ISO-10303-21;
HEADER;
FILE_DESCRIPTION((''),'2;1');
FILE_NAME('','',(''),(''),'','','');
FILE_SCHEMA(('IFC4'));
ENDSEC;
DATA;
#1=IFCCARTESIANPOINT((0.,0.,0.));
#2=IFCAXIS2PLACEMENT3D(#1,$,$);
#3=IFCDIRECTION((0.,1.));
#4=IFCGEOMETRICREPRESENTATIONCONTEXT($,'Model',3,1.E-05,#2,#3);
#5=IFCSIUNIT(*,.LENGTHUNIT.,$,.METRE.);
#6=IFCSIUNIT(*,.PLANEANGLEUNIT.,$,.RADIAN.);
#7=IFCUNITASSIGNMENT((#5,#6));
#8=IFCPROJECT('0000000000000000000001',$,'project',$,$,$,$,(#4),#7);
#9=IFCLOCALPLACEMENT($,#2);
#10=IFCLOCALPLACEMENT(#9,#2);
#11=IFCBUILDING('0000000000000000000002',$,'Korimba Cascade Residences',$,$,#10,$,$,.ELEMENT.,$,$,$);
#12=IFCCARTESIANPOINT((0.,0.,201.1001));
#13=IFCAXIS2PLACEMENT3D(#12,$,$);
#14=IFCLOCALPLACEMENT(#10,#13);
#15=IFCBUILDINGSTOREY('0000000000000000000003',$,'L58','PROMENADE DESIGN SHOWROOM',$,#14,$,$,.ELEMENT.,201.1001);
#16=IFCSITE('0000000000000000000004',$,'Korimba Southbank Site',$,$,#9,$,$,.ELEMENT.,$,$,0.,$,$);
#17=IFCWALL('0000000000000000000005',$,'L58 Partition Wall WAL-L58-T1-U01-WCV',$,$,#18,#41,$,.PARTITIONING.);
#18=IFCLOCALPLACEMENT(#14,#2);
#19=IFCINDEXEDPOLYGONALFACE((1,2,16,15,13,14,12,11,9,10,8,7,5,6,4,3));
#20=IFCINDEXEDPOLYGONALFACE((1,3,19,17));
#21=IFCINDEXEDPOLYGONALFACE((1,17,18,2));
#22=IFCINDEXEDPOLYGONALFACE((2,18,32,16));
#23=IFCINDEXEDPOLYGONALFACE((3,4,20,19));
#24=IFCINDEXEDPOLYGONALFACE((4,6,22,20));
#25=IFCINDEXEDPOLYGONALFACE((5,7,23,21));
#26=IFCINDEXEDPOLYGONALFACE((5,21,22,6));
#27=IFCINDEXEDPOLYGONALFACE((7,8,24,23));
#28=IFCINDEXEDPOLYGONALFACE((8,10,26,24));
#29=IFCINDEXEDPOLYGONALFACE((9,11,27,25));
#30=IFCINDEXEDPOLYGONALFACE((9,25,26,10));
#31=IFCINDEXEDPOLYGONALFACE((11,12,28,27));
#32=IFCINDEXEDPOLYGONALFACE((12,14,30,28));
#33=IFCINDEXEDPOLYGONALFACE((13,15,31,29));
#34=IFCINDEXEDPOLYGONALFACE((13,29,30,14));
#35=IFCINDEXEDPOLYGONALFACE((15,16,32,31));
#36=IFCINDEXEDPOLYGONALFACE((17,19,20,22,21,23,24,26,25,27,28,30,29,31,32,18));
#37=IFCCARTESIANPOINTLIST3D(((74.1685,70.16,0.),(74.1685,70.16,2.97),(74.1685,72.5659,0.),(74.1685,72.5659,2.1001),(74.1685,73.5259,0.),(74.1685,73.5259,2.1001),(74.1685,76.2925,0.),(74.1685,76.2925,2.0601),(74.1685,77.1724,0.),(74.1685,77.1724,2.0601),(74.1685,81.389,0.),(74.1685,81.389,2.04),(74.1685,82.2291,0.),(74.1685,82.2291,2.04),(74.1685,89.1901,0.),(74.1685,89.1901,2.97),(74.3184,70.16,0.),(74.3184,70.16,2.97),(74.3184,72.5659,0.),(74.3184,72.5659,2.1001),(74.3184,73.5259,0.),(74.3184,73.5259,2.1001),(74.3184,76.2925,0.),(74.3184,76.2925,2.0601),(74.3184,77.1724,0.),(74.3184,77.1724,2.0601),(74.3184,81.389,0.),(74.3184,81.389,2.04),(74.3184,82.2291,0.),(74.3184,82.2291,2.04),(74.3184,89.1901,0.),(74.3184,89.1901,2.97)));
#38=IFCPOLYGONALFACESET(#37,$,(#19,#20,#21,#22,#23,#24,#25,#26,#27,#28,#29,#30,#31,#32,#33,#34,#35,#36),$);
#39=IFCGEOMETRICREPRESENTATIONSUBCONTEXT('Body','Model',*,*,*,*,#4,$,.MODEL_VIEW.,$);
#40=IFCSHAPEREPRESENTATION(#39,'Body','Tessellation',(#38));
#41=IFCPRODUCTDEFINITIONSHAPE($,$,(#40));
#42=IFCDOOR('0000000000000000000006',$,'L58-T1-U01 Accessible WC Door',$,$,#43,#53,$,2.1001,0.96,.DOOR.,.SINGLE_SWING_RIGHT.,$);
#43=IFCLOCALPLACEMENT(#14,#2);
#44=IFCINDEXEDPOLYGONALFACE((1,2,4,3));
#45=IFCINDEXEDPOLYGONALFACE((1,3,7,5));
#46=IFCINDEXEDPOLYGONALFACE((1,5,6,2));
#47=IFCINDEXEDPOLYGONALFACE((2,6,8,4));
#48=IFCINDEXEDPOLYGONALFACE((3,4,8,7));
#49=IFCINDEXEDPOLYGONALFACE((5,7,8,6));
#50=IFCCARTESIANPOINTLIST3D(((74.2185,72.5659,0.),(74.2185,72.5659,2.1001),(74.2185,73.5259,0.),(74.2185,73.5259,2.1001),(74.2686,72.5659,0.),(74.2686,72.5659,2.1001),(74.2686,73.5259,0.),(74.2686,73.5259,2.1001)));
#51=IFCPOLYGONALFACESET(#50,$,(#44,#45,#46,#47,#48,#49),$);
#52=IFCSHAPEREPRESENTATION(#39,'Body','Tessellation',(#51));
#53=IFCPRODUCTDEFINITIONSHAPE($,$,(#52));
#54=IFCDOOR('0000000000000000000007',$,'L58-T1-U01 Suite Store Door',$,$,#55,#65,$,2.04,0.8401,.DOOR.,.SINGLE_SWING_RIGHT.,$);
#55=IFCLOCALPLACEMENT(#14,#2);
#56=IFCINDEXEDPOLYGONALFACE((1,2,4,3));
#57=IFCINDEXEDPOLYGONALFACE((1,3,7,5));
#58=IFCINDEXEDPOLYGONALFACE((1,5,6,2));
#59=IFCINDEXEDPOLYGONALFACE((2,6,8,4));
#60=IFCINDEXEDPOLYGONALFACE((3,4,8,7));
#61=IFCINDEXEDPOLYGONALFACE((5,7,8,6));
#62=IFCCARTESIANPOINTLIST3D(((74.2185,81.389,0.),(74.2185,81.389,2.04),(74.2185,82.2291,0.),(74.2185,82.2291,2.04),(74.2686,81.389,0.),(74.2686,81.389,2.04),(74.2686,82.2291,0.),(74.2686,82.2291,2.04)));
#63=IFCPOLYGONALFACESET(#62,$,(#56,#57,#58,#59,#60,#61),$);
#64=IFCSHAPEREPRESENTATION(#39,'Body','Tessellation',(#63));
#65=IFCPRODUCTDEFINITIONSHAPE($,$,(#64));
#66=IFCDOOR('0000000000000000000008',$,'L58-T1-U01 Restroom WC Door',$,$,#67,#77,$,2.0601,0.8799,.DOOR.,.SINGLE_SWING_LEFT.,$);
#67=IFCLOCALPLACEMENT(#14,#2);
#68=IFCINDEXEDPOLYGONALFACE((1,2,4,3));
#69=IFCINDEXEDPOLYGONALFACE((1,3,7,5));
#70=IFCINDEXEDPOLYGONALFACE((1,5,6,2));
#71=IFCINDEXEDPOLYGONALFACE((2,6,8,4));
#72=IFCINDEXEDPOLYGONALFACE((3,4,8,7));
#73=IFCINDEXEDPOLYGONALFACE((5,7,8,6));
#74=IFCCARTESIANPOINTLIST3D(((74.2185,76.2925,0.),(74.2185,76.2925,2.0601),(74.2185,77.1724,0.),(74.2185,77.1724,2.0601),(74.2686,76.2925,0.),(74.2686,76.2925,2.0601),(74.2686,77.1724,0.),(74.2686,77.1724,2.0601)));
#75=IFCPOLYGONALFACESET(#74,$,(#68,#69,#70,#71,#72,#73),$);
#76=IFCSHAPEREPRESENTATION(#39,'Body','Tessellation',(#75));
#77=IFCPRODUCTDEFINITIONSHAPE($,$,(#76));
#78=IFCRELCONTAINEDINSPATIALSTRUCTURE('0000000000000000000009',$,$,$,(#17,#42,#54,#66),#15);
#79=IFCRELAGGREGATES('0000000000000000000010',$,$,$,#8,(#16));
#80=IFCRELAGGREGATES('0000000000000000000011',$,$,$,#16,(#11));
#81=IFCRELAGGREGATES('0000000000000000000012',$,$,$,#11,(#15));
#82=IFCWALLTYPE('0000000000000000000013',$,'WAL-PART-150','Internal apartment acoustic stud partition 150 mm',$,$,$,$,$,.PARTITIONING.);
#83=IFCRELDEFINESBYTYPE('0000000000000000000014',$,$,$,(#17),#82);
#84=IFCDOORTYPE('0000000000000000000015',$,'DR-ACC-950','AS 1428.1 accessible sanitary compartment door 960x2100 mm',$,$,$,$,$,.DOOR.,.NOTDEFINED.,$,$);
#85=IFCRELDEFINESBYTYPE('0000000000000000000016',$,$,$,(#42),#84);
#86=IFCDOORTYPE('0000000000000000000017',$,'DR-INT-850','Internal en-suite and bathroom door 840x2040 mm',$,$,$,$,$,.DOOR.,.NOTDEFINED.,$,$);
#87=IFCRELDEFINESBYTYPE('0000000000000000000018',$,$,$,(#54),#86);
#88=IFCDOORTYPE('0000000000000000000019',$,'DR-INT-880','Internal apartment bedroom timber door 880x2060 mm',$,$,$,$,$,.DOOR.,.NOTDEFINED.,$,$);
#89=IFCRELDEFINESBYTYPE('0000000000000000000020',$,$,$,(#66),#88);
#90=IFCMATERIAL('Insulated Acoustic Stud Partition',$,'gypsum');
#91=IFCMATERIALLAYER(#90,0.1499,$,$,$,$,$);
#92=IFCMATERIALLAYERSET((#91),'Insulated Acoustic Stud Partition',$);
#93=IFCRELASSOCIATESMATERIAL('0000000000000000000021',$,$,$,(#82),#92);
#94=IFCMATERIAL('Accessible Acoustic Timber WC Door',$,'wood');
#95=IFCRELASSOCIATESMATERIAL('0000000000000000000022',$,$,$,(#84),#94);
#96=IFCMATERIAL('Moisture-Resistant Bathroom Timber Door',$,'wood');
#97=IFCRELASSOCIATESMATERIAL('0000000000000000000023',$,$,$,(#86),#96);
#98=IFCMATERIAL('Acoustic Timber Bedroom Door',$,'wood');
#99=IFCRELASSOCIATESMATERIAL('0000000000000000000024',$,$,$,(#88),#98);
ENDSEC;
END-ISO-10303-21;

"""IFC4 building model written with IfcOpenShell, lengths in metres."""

from ifc_helpers import new_model, si_unit, direction, frame, frame_2d, origin, place, context, subcontext, project, spatial, rectangle, extrude, material, layer, layer_set, type_object, element, fill, save


model = new_model("IFC4")

# Units and contexts
model_context = context("Model", 3, precision=1e-05, world=origin(), true_north=direction((0.0, 1.0)))
body_context = subcontext(model_context, "Body", "Model", "MODEL_VIEW")
ifc_project = project(units=[si_unit("LENGTHUNIT", "METRE"), si_unit("PLANEANGLEUNIT", "RADIAN")], contexts=[model_context])

# Site, building, storey
site_placement = place(None, origin())
site = spatial("IfcSite", under=ifc_project, at=site_placement, Name="Korimba Southbank Site", CompositionType="ELEMENT", RefElevation=0.0)
building_placement = place(site_placement, origin())
building = spatial("IfcBuilding", under=site, at=building_placement, Name="Korimba Cascade Residences", CompositionType="ELEMENT")
storey_placement = place(building_placement, frame((0.0, 0.0, 201.1001)))
storey = spatial("IfcBuildingStorey", under=building, at=storey_placement, Name="L58", Description="PROMENADE DESIGN SHOWROOM", CompositionType="ELEMENT", Elevation=201.1001)

# Shared definitions
ifc_material_1 = material(Name="Insulated Acoustic Stud Partition", Category="gypsum")
ifc_layer_1 = layer(ifc_material_1, 0.1499)
ifc_layer_set_1 = layer_set([ifc_layer_1], Name="Insulated Acoustic Stud Partition")
wall_type_1 = type_object("IfcWallType", Name="WAL-PART-150", Description="Internal apartment acoustic stud partition 150 mm", PredefinedType="PARTITIONING", material=ifc_layer_set_1)

# Wall, openings, doors
wall_1_placement = place(storey_placement, frame((74.2434, 70.1599, 0.0), z_axis=(0.0, 0.0, 1.0), x_axis=(0.0, 1.0, 0.0)))
wall_1 = element("IfcWall", 1, at=wall_1_placement, inside=storey, type_object=wall_type_1, Name="L58 Partition Wall WAL-L58-T1-U01-WCV", PredefinedType="PARTITIONING", context=body_context, shape_type="SweptSolid", body=[
    extrude(rectangle(XDim=19.03, YDim=0.1499, at=frame_2d((9.5151, 0.0))), origin(), (0.0, 0.0, 1.0), 2.97),
])
opening_1_placement = place(wall_1_placement, frame((2.406, 0.0, 0.0)))
opening_1 = element("IfcOpeningElement", 2, at=opening_1_placement, cuts=wall_1, PredefinedType="OPENING", context=body_context, shape_type="SweptSolid", body=[
    extrude(rectangle(XDim=0.96, YDim=2.1001, at=frame_2d((0.48, 1.05))), frame((0.0, 0.085, 0.0), z_axis=(0.0, -1.0, 0.0), x_axis=(1.0, 0.0, 0.0)), (0.0, 0.0, 1.0), 0.1699),
])
opening_2_placement = place(wall_1_placement, frame((6.1326, 0.0, 0.0)))
opening_2 = element("IfcOpeningElement", 3, at=opening_2_placement, cuts=wall_1, PredefinedType="OPENING", context=body_context, shape_type="SweptSolid", body=[
    extrude(rectangle(XDim=0.8799, YDim=2.0601, at=frame_2d((0.4399, 1.03))), frame((0.0, 0.085, 0.0), z_axis=(0.0, -1.0, 0.0), x_axis=(1.0, 0.0, 0.0)), (0.0, 0.0, 1.0), 0.1699),
])
opening_3_placement = place(wall_1_placement, frame((11.2292, 0.0, 0.0)))
opening_3 = element("IfcOpeningElement", 4, at=opening_3_placement, cuts=wall_1, PredefinedType="OPENING", context=body_context, shape_type="SweptSolid", body=[
    extrude(rectangle(XDim=0.8401, YDim=2.04, at=frame_2d((0.4199, 1.02))), frame((0.0, 0.085, 0.0), z_axis=(0.0, -1.0, 0.0), x_axis=(1.0, 0.0, 0.0)), (0.0, 0.0, 1.0), 0.1699),
])
ifc_material_2 = material(Name="Accessible Acoustic Timber WC Door", Category="wood")
door_type_1 = type_object("IfcDoorType", Name="DR-ACC-950", Description="AS 1428.1 accessible sanitary compartment door 960x2100 mm", OperationType="NOTDEFINED", PredefinedType="DOOR", material=ifc_material_2)
door_1_placement = place(opening_1_placement, origin())
door_1 = element("IfcDoor", 5, at=door_1_placement, inside=storey, type_object=door_type_1, Name="L58-T1-U01 Accessible WC Door", OperationType="SINGLE_SWING_RIGHT", OverallHeight=2.1001, OverallWidth=0.96, PredefinedType="DOOR", context=body_context, shape_type="SweptSolid", body=[
    extrude(rectangle(XDim=0.96, YDim=2.1001, at=frame_2d((0.48, 1.05))), frame((0.0, 0.0249, 0.0), z_axis=(0.0, -1.0, 0.0), x_axis=(1.0, 0.0, 0.0)), (0.0, 0.0, 1.0), 0.05),
])
fill(opening_1, door_1)
ifc_material_3 = material(Name="Moisture-Resistant Bathroom Timber Door", Category="wood")
door_type_2 = type_object("IfcDoorType", Name="DR-INT-850", Description="Internal en-suite and bathroom door 840x2040 mm", OperationType="NOTDEFINED", PredefinedType="DOOR", material=ifc_material_3)
door_2_placement = place(opening_3_placement, origin())
door_2 = element("IfcDoor", 6, at=door_2_placement, inside=storey, type_object=door_type_2, Name="L58-T1-U01 Suite Store Door", OperationType="SINGLE_SWING_RIGHT", OverallHeight=2.04, OverallWidth=0.8401, PredefinedType="DOOR", context=body_context, shape_type="SweptSolid", body=[
    extrude(rectangle(XDim=0.8401, YDim=2.04, at=frame_2d((0.4199, 1.02))), frame((0.0, 0.0249, 0.0), z_axis=(0.0, -1.0, 0.0), x_axis=(1.0, 0.0, 0.0)), (0.0, 0.0, 1.0), 0.05),
])
fill(opening_3, door_2)
ifc_material_4 = material(Name="Acoustic Timber Bedroom Door", Category="wood")
door_type_3 = type_object("IfcDoorType", Name="DR-INT-880", Description="Internal apartment bedroom timber door 880x2060 mm", OperationType="NOTDEFINED", PredefinedType="DOOR", material=ifc_material_4)
door_3_placement = place(opening_2_placement, origin())
door_3 = element("IfcDoor", 7, at=door_3_placement, inside=storey, type_object=door_type_3, Name="L58-T1-U01 Restroom WC Door", OperationType="SINGLE_SWING_LEFT", OverallHeight=2.0601, OverallWidth=0.8799, PredefinedType="DOOR", context=body_context, shape_type="SweptSolid", body=[
    extrude(rectangle(XDim=0.8799, YDim=2.0601, at=frame_2d((0.4399, 1.03))), frame((0.0, 0.0249, 0.0), z_axis=(0.0, -1.0, 0.0), x_axis=(1.0, 0.0, 0.0)), (0.0, 0.0, 1.0), 0.05),
])
fill(opening_2, door_3)

save(model, "model.ifc")
